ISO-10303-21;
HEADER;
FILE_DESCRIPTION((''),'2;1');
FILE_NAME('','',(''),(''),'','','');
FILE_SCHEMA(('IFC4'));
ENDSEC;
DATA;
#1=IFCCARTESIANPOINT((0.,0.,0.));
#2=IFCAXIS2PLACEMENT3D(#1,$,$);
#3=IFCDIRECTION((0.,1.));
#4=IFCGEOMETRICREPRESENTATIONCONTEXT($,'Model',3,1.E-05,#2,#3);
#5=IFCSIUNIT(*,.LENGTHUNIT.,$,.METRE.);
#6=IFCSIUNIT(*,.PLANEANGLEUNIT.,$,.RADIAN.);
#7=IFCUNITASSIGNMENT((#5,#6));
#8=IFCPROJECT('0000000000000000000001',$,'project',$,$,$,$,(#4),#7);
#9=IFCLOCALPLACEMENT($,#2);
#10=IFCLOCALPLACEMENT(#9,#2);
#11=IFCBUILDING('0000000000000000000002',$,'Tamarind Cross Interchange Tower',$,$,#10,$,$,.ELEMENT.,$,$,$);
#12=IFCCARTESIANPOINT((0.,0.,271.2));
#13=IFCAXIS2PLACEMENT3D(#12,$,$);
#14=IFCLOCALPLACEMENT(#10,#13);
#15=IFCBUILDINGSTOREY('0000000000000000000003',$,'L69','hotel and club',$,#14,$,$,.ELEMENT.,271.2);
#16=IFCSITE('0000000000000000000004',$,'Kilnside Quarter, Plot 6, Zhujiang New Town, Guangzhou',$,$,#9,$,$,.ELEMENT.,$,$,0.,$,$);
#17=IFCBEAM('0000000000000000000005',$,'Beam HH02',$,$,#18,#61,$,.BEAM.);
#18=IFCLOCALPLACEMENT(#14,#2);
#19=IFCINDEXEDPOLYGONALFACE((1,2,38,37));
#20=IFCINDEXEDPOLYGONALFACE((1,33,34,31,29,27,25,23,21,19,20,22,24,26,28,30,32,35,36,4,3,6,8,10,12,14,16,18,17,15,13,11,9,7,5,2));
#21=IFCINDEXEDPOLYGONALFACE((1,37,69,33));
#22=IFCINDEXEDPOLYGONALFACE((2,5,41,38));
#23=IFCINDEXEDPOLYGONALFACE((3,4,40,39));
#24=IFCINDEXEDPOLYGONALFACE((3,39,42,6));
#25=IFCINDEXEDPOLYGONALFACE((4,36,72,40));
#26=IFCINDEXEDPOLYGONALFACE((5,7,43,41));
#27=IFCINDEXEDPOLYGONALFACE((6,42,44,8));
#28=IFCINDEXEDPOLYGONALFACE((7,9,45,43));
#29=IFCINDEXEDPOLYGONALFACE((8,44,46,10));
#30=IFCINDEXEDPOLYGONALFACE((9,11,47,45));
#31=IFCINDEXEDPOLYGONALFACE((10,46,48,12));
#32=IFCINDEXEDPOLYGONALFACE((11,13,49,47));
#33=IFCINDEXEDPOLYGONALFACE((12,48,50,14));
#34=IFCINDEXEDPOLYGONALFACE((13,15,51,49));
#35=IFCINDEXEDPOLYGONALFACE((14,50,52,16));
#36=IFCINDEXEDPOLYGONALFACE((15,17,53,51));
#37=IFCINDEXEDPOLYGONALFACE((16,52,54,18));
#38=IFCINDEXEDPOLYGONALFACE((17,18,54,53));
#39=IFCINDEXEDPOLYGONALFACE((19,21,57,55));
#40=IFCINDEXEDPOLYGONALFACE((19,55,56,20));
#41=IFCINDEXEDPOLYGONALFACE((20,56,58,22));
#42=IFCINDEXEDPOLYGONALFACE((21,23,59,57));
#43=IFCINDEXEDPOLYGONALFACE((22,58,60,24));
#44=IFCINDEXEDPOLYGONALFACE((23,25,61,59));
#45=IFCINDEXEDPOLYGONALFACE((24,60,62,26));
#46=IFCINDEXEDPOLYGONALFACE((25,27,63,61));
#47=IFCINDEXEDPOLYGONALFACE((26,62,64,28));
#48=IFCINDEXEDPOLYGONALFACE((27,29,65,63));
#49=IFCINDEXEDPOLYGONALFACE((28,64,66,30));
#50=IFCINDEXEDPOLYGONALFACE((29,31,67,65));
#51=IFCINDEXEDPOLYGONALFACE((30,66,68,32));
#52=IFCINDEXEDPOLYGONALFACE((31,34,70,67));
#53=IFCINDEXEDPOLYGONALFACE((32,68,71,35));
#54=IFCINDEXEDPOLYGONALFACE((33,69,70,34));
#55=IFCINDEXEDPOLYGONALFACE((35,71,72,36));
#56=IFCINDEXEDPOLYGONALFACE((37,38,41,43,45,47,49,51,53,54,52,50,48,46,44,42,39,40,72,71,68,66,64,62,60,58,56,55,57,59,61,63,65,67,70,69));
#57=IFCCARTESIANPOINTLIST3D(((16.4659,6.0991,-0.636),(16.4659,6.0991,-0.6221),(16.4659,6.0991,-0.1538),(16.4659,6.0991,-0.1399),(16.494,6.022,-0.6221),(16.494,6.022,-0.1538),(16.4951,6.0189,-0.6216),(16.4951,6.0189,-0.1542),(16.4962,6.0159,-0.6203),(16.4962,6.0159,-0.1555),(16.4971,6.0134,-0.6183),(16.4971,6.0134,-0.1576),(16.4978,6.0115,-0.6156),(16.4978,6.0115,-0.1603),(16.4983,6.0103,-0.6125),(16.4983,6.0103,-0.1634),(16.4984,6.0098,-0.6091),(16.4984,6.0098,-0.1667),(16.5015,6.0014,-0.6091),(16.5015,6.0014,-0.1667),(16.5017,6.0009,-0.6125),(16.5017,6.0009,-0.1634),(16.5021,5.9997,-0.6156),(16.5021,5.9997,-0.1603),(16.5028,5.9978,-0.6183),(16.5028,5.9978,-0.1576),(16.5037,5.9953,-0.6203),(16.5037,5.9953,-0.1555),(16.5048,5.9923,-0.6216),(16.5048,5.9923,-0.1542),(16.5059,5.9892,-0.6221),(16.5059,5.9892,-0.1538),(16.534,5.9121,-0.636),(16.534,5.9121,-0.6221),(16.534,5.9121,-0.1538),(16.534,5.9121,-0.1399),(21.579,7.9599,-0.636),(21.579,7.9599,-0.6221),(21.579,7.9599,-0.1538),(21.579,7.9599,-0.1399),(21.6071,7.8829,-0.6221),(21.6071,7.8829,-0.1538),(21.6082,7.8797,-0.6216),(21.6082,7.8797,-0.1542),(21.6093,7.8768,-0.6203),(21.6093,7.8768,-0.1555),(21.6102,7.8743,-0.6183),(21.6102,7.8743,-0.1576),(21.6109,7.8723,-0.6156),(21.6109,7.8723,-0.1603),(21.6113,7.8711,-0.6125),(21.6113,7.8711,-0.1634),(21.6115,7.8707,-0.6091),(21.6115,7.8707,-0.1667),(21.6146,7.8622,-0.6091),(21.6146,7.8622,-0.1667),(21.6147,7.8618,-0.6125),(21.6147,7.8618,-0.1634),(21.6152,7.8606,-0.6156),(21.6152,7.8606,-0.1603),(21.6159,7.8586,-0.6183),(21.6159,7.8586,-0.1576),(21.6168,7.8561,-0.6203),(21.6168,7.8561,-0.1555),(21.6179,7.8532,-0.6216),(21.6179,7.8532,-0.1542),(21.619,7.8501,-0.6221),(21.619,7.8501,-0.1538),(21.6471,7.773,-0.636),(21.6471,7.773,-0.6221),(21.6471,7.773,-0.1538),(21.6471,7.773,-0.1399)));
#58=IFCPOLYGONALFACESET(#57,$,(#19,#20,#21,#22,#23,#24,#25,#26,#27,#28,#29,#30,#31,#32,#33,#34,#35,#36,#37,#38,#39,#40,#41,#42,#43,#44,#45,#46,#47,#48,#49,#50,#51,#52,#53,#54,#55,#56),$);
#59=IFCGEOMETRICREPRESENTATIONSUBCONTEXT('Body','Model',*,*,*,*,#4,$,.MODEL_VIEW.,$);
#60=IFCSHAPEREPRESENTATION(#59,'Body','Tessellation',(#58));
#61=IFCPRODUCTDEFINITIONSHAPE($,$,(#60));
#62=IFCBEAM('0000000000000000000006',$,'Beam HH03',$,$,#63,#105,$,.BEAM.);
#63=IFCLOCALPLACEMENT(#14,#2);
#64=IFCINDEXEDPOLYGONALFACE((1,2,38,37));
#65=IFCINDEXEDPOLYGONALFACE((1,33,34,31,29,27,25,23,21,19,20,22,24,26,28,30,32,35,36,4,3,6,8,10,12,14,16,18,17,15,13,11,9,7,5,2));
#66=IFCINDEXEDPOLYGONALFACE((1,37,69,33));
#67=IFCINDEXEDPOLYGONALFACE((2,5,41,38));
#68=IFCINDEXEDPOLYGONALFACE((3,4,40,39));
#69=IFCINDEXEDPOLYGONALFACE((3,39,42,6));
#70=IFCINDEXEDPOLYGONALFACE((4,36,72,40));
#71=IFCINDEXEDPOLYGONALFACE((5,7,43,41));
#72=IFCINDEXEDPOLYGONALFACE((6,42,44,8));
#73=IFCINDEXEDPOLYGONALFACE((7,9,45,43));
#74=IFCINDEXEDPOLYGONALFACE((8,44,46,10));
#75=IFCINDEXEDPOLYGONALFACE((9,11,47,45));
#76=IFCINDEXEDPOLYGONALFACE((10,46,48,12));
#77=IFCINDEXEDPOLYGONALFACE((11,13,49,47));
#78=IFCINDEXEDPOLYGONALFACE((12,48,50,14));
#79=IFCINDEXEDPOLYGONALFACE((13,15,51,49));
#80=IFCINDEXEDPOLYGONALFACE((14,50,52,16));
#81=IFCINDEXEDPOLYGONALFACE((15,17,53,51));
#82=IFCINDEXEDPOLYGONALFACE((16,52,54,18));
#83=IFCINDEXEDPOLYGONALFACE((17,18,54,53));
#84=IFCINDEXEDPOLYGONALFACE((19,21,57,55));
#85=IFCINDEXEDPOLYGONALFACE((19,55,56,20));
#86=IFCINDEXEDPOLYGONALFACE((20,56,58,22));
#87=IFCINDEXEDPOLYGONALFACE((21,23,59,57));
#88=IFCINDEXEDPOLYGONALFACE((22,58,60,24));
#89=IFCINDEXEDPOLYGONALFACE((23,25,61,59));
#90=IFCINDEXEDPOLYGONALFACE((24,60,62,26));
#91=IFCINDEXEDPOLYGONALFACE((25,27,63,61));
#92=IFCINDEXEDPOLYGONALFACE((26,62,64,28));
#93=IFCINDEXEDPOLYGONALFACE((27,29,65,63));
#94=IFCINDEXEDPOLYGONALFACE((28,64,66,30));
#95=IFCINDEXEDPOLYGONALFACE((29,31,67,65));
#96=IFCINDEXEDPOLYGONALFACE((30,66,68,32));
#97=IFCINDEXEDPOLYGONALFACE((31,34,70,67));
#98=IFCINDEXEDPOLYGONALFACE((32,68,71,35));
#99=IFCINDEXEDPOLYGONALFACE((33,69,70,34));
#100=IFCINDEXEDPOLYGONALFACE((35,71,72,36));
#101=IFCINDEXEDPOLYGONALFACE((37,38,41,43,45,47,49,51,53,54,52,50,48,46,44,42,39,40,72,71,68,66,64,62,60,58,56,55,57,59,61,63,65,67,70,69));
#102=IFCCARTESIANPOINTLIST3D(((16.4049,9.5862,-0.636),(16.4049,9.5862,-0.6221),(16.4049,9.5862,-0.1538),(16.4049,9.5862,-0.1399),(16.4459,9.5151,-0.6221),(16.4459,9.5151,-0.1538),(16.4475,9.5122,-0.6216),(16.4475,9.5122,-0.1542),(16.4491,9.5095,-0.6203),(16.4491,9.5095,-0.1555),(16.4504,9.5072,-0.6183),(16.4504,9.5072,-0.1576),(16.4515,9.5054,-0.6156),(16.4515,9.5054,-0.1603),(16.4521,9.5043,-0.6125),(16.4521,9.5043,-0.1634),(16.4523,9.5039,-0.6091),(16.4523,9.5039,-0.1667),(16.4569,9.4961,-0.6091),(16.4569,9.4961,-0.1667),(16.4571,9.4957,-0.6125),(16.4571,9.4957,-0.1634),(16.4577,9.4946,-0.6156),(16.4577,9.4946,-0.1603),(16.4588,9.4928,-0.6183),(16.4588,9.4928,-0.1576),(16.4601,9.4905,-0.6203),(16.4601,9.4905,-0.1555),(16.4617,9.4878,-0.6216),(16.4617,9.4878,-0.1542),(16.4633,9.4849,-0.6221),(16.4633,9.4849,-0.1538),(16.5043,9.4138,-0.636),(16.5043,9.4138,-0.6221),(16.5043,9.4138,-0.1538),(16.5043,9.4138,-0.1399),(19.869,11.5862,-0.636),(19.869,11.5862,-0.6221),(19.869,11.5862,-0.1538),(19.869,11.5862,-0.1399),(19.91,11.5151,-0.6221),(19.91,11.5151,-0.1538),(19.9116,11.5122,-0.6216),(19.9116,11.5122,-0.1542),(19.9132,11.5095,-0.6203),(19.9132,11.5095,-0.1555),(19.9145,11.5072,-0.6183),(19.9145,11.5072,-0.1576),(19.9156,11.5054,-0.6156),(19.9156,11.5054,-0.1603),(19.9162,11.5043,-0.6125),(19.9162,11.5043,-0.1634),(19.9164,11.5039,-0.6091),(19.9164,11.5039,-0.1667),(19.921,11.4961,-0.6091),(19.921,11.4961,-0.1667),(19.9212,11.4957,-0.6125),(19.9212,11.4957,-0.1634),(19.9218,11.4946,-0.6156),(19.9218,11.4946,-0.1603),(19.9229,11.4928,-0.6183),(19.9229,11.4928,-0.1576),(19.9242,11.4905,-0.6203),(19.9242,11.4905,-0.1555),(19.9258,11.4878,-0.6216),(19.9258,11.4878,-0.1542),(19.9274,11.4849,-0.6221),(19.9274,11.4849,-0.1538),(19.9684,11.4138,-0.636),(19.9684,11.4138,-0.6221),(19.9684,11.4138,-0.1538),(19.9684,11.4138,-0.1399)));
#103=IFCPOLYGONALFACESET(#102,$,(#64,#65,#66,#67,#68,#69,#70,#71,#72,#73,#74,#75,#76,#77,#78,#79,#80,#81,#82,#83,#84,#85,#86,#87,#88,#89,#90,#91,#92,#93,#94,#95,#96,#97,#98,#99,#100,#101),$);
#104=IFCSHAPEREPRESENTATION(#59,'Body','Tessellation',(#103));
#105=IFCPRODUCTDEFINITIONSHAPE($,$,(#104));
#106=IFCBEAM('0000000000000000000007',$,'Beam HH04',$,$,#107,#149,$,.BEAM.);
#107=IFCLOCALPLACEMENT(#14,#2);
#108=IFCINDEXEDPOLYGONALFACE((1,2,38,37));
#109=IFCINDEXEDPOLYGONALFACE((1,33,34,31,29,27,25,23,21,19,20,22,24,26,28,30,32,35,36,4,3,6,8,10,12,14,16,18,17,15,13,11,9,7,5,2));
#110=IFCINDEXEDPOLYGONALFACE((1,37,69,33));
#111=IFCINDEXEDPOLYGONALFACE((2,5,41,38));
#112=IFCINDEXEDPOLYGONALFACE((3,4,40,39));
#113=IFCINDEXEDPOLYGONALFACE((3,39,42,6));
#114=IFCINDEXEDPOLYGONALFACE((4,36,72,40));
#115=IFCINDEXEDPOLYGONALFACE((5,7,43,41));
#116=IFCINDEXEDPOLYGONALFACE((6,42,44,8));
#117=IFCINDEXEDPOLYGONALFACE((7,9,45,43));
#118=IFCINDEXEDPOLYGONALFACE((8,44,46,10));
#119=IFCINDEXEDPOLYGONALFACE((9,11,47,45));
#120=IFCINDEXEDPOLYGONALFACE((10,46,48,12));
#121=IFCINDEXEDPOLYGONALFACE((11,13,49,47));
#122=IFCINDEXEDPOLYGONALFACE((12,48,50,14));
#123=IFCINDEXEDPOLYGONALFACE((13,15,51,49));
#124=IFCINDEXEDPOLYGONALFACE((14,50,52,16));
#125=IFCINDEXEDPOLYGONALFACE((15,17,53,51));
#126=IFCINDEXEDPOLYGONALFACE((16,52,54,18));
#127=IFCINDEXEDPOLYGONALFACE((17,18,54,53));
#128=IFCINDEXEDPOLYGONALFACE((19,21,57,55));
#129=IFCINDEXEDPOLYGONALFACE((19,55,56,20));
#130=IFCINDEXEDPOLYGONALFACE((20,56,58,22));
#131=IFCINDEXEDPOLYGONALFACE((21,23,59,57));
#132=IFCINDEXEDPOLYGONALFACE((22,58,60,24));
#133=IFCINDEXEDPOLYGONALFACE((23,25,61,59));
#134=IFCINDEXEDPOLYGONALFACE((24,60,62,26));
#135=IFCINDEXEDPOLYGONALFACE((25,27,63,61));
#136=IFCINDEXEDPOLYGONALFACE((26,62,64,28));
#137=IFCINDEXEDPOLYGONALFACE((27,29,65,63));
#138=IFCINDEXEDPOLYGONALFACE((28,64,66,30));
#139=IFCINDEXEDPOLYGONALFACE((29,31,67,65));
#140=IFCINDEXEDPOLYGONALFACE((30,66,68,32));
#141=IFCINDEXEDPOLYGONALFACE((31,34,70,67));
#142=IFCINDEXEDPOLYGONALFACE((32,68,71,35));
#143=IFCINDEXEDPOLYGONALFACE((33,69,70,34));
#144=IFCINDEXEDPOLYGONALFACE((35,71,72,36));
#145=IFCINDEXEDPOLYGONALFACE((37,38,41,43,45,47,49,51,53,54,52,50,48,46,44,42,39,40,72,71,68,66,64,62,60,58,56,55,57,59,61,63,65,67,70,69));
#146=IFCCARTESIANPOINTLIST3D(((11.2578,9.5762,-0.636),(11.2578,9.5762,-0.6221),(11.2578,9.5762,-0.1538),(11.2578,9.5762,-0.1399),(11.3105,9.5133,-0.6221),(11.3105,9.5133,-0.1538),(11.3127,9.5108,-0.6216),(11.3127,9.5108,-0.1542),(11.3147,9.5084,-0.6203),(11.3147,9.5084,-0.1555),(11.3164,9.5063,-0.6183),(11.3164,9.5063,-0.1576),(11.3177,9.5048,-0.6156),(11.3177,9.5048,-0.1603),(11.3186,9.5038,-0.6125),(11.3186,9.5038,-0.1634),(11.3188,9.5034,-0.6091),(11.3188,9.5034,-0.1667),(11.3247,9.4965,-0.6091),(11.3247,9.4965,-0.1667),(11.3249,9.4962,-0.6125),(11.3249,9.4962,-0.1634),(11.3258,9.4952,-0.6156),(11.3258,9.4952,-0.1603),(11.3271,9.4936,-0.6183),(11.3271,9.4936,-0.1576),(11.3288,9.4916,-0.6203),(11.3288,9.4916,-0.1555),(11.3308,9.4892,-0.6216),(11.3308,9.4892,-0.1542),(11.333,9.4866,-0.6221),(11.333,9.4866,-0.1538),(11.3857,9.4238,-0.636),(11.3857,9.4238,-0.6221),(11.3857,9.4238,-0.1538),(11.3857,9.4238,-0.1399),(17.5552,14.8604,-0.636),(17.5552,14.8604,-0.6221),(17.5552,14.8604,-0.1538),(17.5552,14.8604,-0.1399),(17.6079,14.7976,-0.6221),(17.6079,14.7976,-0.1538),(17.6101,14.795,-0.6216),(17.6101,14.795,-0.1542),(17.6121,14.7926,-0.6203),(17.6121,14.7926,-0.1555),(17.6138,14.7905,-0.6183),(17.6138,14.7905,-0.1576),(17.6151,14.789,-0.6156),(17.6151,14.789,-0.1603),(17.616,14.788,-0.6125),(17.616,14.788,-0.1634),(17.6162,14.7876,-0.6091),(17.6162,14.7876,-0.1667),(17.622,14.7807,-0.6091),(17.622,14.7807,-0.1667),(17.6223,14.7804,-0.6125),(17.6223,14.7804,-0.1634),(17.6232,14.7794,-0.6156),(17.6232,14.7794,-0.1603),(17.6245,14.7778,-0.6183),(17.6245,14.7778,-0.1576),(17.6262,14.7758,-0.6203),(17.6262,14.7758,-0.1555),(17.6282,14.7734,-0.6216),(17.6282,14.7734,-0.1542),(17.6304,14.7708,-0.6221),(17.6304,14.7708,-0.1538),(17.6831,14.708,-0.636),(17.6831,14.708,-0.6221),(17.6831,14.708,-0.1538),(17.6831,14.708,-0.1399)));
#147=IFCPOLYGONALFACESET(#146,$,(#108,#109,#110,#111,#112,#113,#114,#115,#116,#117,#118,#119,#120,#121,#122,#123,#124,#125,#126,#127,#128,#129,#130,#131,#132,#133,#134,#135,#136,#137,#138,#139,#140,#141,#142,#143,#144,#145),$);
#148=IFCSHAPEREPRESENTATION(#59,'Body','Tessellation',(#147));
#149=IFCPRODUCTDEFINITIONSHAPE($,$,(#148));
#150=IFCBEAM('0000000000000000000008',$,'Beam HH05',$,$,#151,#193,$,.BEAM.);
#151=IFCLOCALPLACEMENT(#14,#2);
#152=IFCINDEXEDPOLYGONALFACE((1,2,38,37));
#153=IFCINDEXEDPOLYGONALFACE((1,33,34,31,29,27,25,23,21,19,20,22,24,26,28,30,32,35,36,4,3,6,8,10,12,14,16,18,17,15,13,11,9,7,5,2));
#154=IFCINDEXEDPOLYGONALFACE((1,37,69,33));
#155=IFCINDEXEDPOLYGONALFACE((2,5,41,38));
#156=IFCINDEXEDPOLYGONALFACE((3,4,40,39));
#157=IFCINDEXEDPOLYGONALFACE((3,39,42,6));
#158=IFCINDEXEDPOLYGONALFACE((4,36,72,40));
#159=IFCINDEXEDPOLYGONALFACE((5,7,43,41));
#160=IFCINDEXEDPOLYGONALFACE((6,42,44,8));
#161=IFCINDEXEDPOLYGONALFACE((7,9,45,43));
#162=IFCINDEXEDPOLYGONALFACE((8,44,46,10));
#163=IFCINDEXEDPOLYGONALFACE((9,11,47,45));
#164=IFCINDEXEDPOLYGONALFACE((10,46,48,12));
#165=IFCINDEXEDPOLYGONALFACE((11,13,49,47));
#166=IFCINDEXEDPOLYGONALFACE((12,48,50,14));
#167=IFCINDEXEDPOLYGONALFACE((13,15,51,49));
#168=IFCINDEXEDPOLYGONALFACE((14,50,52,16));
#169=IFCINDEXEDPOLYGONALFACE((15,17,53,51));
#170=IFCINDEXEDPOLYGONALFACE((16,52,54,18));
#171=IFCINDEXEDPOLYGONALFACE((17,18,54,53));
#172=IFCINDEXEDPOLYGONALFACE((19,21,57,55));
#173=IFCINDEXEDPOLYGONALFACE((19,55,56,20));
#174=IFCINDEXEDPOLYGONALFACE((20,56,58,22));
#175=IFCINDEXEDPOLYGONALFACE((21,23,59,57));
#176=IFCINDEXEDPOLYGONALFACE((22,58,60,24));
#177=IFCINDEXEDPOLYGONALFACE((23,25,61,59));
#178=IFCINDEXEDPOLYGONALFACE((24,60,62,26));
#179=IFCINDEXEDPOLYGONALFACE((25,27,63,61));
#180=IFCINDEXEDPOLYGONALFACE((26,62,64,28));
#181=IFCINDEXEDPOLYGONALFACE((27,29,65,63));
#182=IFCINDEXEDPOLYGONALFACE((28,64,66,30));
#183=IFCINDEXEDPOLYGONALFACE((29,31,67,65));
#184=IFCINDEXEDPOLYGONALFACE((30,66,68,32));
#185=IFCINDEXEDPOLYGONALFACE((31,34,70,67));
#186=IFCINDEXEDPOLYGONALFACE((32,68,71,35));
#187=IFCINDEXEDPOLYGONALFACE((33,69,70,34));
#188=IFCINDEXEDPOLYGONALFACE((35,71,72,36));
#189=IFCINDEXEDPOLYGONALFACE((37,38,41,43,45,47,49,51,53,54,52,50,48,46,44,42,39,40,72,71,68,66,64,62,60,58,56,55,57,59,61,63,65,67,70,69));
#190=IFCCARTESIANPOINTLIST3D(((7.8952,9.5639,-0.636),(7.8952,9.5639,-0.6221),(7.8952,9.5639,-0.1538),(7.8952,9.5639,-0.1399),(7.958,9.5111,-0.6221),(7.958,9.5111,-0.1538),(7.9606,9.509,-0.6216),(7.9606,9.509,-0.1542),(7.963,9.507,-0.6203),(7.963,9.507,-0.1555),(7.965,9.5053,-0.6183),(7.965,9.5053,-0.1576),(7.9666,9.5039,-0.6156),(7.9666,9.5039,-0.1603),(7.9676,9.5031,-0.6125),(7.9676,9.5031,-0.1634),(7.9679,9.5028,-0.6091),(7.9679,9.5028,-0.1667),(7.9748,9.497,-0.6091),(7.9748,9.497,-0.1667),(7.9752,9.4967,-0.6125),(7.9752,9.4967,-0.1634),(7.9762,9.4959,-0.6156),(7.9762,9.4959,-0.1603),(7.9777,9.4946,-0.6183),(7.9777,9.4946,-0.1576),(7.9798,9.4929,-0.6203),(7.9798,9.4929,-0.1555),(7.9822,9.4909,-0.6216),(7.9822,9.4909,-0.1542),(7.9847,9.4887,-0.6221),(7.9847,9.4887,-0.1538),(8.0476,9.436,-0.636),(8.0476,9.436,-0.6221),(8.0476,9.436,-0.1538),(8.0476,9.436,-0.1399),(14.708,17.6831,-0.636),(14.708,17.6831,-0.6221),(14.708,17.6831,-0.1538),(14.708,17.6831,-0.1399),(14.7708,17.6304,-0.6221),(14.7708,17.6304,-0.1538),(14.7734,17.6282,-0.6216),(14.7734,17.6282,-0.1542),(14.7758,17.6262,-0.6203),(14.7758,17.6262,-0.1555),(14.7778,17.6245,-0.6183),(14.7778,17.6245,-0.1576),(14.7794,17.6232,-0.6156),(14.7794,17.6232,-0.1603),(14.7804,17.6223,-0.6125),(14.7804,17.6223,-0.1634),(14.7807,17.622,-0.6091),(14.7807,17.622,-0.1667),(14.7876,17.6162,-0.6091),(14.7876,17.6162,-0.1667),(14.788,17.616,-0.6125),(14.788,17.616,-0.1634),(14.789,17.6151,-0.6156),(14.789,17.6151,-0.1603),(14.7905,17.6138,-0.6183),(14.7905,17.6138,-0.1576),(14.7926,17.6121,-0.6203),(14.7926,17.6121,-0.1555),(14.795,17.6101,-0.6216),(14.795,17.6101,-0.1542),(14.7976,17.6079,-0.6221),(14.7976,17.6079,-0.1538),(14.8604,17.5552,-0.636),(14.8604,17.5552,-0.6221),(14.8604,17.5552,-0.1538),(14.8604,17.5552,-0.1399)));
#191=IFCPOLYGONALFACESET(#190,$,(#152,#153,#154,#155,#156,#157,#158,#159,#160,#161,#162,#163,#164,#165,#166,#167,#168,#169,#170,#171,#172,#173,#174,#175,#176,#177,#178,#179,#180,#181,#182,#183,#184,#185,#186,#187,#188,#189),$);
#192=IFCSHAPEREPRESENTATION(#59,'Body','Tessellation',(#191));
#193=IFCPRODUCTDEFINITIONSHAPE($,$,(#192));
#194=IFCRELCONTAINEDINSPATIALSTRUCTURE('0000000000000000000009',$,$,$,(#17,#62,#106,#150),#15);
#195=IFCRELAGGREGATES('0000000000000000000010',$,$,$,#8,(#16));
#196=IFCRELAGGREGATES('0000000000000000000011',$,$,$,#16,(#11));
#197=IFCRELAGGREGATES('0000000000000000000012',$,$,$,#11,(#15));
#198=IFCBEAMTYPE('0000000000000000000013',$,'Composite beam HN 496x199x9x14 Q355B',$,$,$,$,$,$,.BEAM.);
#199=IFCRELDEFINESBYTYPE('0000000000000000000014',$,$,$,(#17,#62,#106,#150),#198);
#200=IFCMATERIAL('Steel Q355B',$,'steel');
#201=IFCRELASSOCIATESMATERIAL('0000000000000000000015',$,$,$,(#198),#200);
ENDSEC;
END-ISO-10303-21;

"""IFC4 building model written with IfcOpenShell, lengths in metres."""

from ifc_helpers import new_model, si_unit, direction, frame, origin, origin_2d, place, context, subcontext, project, spatial, i_section, extrude, material, material_profile, profile_set, type_object, element, save


model = new_model("IFC4")

# Units and contexts
model_context = context("Model", 3, precision=1e-05, world=origin(), true_north=direction((0.0, 1.0)))
body_context = subcontext(model_context, "Body", "Model", "MODEL_VIEW")
ifc_project = project(units=[si_unit("LENGTHUNIT", "METRE"), si_unit("PLANEANGLEUNIT", "RADIAN")], contexts=[model_context])

# Site, building, storey
site_placement = place(None, origin())
site = spatial("IfcSite", under=ifc_project, at=site_placement, Name="Kilnside Quarter, Plot 6, Zhujiang New Town, Guangzhou", CompositionType="ELEMENT", RefElevation=0.0)
building_placement = place(site_placement, origin())
building = spatial("IfcBuilding", under=site, at=building_placement, Name="Tamarind Cross Interchange Tower", CompositionType="ELEMENT")
storey_placement = place(building_placement, frame((0.0, 0.0, 271.2)))
storey = spatial("IfcBuildingStorey", under=building, at=storey_placement, Name="L69", Description="hotel and club", CompositionType="ELEMENT", Elevation=271.2)

# Beams
ifc_material_1 = material(Name="Steel Q355B", Category="steel")
ifc_material_profile_1 = material_profile(ifc_material_1, i_section(OverallWidth=0.199, OverallDepth=0.4961, WebThickness=0.009, FlangeThickness=0.0139, FilletRadius=0.0129, at=origin_2d()), Name="HN 496x199x9x14")
ifc_profile_set_1 = profile_set([ifc_material_profile_1], Name="Steel Q355B")
beam_type = type_object("IfcBeamType", Name="Composite beam HN 496x199x9x14 Q355B", PredefinedType="BEAM", material=ifc_profile_set_1)
beam_1_placement = place(storey_placement, frame((21.613, 7.8665, -0.3879), z_axis=(-0.939702, -0.341995, 0.0), x_axis=(0.341995, -0.939702, 0.0)))
element("IfcBeam", 1, at=beam_1_placement, inside=storey, type_object=beam_type, Name="Beam HH02", PredefinedType="BEAM", context=body_context, shape_type="SweptSolid", body=[
    extrude(i_section(OverallWidth=0.199, OverallDepth=0.4961, WebThickness=0.009, FlangeThickness=0.0139, FilletRadius=0.0129, at=origin_2d()), origin(), (0.0, 0.0, 1.0), 5.4412),
])
beam_2_placement = place(storey_placement, frame((19.9187, 11.5, -0.3879), z_axis=(-0.866026, -0.499999, 0.0), x_axis=(0.499999, -0.866026, 0.0)))
element("IfcBeam", 2, at=beam_2_placement, inside=storey, type_object=beam_type, Name="Beam HH03", PredefinedType="BEAM", context=body_context, shape_type="SweptSolid", body=[
    extrude(i_section(OverallWidth=0.199, OverallDepth=0.4961, WebThickness=0.009, FlangeThickness=0.0139, FilletRadius=0.0129, at=origin_2d()), origin(), (0.0, 0.0, 1.0), 4.0),
])
beam_3_placement = place(storey_placement, frame((17.6191, 14.7842, -0.3879), z_axis=(-0.766041, -0.642792, 0.0), x_axis=(0.642792, -0.766041, 0.0)))
element("IfcBeam", 3, at=beam_3_placement, inside=storey, type_object=beam_type, Name="Beam HH04", PredefinedType="BEAM", context=body_context, shape_type="SweptSolid", body=[
    extrude(i_section(OverallWidth=0.199, OverallDepth=0.4961, WebThickness=0.009, FlangeThickness=0.0139, FilletRadius=0.0129, at=origin_2d()), origin(), (0.0, 0.0, 1.0), 8.2207),
])
beam_4_placement = place(storey_placement, frame((14.7842, 17.6191, -0.3879), z_axis=(-0.642786, -0.766046, 0.0), x_axis=(0.766046, -0.642786, 0.0)))
element("IfcBeam", 4, at=beam_4_placement, inside=storey, type_object=beam_type, Name="Beam HH05", PredefinedType="BEAM", context=body_context, shape_type="SweptSolid", body=[
    extrude(i_section(OverallWidth=0.199, OverallDepth=0.4961, WebThickness=0.009, FlangeThickness=0.0139, FilletRadius=0.0129, at=origin_2d()), origin(), (0.0, 0.0, 1.0), 10.5989),
])

save(model, "model.ifc")
